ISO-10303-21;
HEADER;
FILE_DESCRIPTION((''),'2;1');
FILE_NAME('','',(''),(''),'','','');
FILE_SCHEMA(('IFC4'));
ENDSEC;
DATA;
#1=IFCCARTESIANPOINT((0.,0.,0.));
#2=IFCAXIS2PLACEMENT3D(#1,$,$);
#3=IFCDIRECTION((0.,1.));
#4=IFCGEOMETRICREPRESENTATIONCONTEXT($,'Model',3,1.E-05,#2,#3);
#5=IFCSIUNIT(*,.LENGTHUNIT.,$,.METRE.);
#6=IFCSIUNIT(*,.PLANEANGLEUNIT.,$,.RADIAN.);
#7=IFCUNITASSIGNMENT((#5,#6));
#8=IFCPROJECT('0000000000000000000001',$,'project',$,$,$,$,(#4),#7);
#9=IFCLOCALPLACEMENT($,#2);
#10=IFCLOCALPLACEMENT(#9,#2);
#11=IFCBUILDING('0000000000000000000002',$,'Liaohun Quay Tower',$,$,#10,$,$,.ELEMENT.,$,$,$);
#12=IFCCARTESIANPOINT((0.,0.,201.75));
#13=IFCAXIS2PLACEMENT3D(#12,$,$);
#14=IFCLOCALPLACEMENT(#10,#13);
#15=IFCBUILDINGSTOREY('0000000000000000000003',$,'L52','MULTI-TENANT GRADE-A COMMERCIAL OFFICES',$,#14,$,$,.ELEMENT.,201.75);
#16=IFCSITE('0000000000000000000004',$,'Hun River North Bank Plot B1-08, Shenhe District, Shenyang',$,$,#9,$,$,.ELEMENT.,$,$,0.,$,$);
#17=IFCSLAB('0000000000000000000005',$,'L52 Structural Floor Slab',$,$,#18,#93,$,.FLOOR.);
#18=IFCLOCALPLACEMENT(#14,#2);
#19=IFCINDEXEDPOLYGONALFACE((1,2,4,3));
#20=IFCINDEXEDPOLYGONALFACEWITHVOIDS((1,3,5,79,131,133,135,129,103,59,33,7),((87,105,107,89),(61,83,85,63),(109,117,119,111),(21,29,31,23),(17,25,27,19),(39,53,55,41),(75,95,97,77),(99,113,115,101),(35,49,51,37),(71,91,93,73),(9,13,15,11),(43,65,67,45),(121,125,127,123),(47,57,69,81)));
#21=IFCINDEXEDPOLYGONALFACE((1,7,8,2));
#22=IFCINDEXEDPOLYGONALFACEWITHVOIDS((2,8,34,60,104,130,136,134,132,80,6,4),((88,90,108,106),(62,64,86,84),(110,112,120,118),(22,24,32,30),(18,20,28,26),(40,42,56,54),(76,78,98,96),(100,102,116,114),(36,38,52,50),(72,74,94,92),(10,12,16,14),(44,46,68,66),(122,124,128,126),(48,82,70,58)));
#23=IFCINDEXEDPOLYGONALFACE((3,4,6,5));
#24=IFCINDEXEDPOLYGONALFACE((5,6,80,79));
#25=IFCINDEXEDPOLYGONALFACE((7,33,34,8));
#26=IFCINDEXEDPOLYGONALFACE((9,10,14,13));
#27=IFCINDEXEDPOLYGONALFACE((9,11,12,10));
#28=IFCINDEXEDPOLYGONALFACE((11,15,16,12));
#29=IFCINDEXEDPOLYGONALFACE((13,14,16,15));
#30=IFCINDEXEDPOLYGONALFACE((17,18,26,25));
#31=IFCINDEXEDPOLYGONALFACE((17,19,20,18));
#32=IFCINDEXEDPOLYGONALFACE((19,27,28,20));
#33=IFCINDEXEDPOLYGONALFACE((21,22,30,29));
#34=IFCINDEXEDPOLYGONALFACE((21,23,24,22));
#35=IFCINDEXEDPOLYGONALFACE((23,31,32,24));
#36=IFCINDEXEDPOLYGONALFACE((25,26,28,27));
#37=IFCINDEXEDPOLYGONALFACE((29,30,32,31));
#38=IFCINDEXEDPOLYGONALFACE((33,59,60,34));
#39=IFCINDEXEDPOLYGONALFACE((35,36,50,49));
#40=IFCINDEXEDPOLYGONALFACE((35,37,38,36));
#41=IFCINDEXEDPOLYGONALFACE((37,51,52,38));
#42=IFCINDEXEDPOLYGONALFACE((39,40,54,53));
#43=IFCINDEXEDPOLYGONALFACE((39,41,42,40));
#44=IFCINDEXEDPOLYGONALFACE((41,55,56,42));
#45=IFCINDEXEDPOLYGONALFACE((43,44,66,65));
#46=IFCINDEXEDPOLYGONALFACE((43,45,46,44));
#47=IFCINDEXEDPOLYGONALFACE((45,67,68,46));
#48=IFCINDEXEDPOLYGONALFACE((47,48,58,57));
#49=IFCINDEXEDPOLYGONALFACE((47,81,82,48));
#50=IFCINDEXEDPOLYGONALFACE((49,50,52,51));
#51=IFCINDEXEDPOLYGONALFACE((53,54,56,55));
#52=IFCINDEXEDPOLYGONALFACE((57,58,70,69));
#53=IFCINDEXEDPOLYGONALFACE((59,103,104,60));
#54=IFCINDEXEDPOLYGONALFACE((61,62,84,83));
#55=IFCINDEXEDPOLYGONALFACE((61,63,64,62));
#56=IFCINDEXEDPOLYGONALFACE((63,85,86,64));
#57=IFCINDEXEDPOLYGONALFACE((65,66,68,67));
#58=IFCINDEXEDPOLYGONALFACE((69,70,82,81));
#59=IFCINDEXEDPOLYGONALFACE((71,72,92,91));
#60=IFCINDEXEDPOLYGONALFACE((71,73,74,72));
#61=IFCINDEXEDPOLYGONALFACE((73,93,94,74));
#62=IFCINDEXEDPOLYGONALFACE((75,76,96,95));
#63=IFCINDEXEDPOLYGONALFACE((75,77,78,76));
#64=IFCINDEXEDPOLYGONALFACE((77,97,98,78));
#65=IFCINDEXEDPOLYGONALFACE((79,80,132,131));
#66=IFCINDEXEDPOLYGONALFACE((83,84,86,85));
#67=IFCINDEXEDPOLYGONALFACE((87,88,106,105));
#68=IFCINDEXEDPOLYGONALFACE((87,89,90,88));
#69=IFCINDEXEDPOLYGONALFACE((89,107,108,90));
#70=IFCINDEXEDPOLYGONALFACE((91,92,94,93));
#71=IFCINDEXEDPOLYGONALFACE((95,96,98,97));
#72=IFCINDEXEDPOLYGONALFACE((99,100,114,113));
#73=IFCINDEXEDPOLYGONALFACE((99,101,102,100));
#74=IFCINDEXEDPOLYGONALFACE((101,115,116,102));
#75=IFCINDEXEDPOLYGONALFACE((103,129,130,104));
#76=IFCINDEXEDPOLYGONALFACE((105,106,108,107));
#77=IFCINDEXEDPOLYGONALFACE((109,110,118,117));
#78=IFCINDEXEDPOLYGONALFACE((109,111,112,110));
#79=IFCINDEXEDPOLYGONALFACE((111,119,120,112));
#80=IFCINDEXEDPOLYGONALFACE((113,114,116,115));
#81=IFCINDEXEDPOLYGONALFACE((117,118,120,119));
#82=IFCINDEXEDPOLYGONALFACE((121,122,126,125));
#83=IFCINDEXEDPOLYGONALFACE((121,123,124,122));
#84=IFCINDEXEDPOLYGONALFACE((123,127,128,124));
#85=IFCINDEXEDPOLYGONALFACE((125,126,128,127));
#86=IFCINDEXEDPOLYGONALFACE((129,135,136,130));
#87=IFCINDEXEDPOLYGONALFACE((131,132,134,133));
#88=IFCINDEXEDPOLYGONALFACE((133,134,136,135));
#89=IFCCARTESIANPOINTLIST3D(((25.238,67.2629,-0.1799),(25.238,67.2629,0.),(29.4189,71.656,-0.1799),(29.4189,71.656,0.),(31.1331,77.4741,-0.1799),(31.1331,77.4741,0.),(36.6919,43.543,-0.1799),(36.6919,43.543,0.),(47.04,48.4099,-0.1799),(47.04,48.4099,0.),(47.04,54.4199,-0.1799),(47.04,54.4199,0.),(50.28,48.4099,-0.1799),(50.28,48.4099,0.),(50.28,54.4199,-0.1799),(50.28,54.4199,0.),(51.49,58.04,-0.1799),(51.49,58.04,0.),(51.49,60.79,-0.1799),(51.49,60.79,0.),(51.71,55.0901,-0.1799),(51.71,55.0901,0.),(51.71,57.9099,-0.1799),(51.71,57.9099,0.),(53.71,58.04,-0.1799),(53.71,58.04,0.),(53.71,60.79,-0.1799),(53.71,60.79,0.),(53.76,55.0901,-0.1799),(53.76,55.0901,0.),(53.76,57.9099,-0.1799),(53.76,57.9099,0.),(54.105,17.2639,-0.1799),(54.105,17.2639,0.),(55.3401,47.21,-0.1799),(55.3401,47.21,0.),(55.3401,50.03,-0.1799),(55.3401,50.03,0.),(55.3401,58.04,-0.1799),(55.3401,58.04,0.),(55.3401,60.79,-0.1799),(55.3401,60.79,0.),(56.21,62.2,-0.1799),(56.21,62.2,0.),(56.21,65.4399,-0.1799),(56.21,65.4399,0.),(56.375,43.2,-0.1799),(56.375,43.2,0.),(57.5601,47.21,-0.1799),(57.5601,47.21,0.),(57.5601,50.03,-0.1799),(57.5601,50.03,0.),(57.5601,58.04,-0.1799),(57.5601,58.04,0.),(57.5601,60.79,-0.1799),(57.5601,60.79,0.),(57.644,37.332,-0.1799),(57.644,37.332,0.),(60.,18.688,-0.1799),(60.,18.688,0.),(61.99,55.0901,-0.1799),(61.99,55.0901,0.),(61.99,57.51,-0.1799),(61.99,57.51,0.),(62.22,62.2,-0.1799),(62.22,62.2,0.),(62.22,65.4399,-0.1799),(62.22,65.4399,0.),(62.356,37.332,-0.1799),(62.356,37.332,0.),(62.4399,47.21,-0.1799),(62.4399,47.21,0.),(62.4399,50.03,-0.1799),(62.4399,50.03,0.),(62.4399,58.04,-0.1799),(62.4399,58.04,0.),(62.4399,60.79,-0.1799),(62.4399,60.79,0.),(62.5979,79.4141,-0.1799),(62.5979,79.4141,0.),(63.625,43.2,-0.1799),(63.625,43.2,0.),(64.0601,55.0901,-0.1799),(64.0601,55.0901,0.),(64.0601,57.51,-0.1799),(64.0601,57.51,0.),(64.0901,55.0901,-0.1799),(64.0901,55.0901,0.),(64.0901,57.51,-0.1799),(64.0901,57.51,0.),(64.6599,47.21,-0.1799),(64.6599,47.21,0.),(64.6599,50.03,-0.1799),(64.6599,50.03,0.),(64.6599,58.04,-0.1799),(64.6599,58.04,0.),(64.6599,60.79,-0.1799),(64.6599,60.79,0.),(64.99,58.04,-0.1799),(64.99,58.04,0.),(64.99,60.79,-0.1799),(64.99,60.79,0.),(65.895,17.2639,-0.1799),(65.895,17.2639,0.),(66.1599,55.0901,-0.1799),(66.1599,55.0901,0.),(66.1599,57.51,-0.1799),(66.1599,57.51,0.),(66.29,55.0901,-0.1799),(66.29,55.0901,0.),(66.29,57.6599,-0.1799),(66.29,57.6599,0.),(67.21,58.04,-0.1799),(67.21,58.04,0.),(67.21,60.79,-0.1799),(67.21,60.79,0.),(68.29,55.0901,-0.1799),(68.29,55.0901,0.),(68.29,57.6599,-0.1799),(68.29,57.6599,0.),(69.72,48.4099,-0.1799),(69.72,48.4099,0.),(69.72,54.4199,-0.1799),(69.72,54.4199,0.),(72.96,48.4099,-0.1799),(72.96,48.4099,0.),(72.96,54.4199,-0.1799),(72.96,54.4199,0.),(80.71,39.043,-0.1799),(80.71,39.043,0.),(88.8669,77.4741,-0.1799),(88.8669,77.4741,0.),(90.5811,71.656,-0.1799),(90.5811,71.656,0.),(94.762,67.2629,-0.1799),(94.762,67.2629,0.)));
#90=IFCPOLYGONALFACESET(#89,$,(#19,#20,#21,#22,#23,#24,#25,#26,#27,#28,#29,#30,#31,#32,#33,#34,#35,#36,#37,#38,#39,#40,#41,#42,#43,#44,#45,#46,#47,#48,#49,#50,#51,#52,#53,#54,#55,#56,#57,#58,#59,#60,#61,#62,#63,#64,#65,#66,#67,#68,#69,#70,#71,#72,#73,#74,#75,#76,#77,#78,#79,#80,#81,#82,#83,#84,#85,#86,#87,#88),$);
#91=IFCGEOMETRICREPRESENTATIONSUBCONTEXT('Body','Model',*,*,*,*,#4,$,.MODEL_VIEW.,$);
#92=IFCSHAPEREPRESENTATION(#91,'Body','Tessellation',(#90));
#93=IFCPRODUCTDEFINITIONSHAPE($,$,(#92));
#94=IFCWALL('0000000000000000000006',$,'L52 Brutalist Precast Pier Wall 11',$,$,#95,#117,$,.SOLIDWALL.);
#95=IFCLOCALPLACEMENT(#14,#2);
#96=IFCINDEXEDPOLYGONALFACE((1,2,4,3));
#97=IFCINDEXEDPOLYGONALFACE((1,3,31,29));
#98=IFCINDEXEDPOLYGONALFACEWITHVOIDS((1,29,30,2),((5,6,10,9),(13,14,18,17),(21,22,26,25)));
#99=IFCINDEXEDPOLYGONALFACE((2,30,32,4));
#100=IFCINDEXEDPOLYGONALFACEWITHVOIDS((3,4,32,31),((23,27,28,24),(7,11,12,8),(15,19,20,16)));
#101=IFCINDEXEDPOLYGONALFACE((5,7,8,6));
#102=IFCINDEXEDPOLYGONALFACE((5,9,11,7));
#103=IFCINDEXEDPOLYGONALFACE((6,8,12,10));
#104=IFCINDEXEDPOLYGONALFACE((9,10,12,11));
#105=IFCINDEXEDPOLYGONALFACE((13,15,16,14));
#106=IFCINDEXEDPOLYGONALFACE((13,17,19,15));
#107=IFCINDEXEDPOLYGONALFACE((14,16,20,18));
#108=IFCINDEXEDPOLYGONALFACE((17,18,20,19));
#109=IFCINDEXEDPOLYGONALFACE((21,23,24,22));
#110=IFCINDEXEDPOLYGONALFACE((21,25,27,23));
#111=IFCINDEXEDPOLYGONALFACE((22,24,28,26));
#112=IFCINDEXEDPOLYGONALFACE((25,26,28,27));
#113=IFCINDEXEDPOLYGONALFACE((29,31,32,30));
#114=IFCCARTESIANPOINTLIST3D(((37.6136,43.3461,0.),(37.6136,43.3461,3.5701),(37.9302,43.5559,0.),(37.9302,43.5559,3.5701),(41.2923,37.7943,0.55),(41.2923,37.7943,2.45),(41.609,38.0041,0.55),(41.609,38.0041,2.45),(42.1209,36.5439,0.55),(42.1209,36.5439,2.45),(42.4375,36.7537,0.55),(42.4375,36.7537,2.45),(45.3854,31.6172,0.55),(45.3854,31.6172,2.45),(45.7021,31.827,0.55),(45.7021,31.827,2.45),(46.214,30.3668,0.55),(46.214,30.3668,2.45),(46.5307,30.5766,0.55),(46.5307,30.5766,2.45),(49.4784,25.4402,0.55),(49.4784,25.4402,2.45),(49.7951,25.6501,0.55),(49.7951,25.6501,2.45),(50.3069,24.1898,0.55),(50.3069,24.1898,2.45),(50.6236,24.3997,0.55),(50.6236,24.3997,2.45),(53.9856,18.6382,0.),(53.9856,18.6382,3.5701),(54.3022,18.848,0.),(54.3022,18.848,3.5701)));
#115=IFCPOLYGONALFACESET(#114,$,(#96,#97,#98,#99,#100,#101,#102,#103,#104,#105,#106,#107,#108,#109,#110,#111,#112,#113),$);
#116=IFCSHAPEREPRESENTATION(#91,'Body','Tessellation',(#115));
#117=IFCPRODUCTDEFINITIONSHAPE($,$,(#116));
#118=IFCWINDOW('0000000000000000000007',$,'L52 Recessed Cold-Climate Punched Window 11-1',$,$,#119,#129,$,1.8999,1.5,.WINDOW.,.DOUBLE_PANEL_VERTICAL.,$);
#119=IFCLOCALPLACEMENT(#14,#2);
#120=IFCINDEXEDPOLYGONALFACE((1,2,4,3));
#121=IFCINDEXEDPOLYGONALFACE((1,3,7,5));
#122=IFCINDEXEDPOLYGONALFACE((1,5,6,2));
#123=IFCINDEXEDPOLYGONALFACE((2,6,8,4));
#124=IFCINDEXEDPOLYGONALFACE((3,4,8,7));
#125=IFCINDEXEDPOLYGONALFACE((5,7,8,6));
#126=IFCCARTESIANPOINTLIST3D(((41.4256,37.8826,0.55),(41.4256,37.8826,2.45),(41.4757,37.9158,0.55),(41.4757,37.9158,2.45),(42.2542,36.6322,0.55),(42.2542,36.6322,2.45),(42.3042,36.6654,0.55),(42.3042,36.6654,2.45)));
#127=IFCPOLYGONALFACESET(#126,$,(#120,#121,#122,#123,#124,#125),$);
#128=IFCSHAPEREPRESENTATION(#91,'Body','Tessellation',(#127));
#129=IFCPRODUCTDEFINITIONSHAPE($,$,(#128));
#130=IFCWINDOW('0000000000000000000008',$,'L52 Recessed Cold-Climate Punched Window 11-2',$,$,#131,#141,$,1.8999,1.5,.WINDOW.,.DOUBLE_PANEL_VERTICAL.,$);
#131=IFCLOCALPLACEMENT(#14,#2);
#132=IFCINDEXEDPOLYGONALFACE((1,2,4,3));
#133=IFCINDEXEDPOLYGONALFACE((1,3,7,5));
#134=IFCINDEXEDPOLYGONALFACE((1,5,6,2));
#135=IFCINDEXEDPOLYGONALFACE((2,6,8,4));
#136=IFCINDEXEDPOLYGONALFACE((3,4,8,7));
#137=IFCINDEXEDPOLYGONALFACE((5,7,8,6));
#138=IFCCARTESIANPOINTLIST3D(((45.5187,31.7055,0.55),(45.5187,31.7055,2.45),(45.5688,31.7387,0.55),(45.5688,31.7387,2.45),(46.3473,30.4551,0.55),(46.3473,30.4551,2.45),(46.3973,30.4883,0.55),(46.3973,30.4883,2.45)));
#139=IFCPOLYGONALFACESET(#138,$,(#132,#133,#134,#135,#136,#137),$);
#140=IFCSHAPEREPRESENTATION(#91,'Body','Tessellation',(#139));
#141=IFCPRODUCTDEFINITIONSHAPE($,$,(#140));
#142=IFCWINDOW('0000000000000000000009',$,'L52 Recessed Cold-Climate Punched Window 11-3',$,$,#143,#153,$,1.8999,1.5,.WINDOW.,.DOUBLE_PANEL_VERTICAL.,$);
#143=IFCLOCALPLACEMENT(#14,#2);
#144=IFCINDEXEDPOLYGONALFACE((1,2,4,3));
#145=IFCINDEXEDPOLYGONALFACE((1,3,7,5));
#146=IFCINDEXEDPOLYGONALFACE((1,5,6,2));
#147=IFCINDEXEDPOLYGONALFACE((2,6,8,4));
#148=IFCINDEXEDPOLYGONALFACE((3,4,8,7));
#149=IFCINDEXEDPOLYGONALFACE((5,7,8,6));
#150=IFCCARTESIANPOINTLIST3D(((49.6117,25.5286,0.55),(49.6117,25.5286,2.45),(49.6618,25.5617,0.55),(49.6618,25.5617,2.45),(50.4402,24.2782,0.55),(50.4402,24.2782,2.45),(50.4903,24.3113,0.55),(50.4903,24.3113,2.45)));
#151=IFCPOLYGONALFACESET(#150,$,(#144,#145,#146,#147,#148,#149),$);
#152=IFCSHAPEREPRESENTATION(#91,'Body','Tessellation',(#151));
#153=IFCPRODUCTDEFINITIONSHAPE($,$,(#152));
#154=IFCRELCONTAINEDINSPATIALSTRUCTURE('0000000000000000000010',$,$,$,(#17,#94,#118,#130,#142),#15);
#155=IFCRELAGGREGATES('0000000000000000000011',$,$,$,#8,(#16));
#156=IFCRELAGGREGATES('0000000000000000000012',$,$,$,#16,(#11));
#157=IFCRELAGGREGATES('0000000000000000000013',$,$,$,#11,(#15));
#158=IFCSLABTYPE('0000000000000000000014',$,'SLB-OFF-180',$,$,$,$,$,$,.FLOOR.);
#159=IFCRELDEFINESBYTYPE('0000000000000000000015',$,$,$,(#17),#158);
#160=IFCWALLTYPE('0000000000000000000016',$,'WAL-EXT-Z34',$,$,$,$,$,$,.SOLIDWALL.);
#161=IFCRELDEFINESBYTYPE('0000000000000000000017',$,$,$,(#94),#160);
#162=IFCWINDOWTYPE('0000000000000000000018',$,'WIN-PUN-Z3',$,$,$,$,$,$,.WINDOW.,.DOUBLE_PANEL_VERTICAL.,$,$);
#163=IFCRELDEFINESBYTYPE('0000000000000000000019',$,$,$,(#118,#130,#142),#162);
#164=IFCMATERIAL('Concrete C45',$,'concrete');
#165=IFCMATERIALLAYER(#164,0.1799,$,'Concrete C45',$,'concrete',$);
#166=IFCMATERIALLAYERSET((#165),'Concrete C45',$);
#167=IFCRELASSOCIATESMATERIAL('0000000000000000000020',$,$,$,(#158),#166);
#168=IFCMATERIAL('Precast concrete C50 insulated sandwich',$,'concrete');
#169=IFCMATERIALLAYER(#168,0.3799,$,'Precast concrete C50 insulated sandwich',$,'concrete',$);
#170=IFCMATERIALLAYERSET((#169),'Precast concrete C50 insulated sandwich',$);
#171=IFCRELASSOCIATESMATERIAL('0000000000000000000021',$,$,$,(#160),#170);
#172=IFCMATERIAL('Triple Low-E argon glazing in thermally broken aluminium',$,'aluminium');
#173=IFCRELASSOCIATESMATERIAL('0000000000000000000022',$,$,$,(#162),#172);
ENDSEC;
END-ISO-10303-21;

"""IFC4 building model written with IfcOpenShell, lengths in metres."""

from ifc_helpers import new_model, si_unit, direction, frame, frame_2d, origin, place, context, subcontext, project, spatial, polyline, rectangle, outline, extrude, source, transform, mapped, material, layer, layer_set, type_object, element, fill, save


model = new_model("IFC4")

# Units and contexts
model_context = context("Model", 3, precision=1e-05, world=origin(), true_north=direction((0.0, 1.0)))
body_context = subcontext(model_context, "Body", "Model", "MODEL_VIEW")
ifc_project = project(units=[si_unit("LENGTHUNIT", "METRE"), si_unit("PLANEANGLEUNIT", "RADIAN")], contexts=[model_context])

# Site, building, storey
site_placement = place(None, origin())
site = spatial("IfcSite", under=ifc_project, at=site_placement, Name="Hun River North Bank Plot B1-08, Shenhe District, Shenyang", CompositionType="ELEMENT", RefElevation=0.0)
building_placement = place(site_placement, origin())
building = spatial("IfcBuilding", under=site, at=building_placement, Name="Liaohun Quay Tower", CompositionType="ELEMENT")
storey_placement = place(building_placement, frame((0.0, 0.0, 201.75)))
storey = spatial("IfcBuildingStorey", under=building, at=storey_placement, Name="L52", Description="MULTI-TENANT GRADE-A COMMERCIAL OFFICES", CompositionType="ELEMENT", Elevation=201.75)

# Shared definitions
ifc_material_1 = material(Name="Concrete C45", Category="concrete")

# Slab
ifc_layer_1 = layer(ifc_material_1, 0.1799, Name="Concrete C45", Category="concrete")
ifc_layer_set_1 = layer_set([ifc_layer_1], Name="Concrete C45")
slab_type_1 = type_object("IfcSlabType", Name="SLB-OFF-180", PredefinedType="FLOOR", material=ifc_layer_set_1)
slab_1_placement = place(storey_placement, frame((0.0, 0.0, -0.1799)))
element("IfcSlab", 1, at=slab_1_placement, inside=storey, type_object=slab_type_1, Name="L52 Structural Floor Slab", PredefinedType="FLOOR", context=body_context, shape_type="SweptSolid", body=[
    extrude(outline(polyline([(54.105, 17.2639), (60.0, 18.688), (65.895, 17.2639), (80.71, 39.043), (94.762, 67.2629), (90.5811, 71.656), (88.8669, 77.4741), (62.5979, 79.4141), (31.1331, 77.4741), (29.4189, 71.656), (25.238, 67.2629), (36.6919, 43.543), (54.105, 17.2639)]), holes=[polyline([(63.625, 43.2), (56.375, 43.2), (57.644, 37.332), (62.356, 37.332), (63.625, 43.2)]), polyline([(57.5601, 47.21), (57.5601, 50.03), (55.3401, 50.03), (55.3401, 47.21), (57.5601, 47.21)]), polyline([(50.28, 54.4199), (47.04, 54.4199), (47.04, 48.4099), (50.28, 48.4099), (50.28, 54.4199)]), polyline([(53.76, 55.0901), (53.76, 57.9099), (51.71, 57.9099), (51.71, 55.0901), (53.76, 55.0901)]), polyline([(53.71, 58.04), (53.71, 60.79), (51.49, 60.79), (51.49, 58.04), (53.71, 58.04)]), polyline([(57.5601, 58.04), (57.5601, 60.79), (55.3401, 60.79), (55.3401, 58.04), (57.5601, 58.04)]), polyline([(62.22, 62.2), (62.22, 65.4399), (56.21, 65.4399), (56.21, 62.2), (62.22, 62.2)]), polyline([(64.6599, 50.03), (62.4399, 50.03), (62.4399, 47.21), (64.6599, 47.21), (64.6599, 50.03)]), polyline([(72.96, 54.4199), (69.72, 54.4199), (69.72, 48.4099), (72.96, 48.4099), (72.96, 54.4199)]), polyline([(64.0601, 55.0901), (64.0601, 57.51), (61.99, 57.51), (61.99, 55.0901), (64.0601, 55.0901)]), polyline([(66.1599, 55.0901), (66.1599, 57.51), (64.0901, 57.51), (64.0901, 55.0901), (66.1599, 55.0901)]), polyline([(68.29, 55.0901), (68.29, 57.6599), (66.29, 57.6599), (66.29, 55.0901), (68.29, 55.0901)]), polyline([(64.6599, 58.04), (64.6599, 60.79), (62.4399, 60.79), (62.4399, 58.04), (64.6599, 58.04)]), polyline([(67.21, 58.04), (67.21, 60.79), (64.99, 60.79), (64.99, 58.04), (67.21, 58.04)])]), origin(), (0.0, 0.0, 1.0), 0.1799),
])

# Wall, openings, windows
ifc_material_2 = material(Name="Precast concrete C50 insulated sandwich", Category="concrete")
ifc_layer_2 = layer(ifc_material_2, 0.3799, Name="Precast concrete C50 insulated sandwich", Category="concrete")
ifc_layer_set_2 = layer_set([ifc_layer_2], Name="Precast concrete C50 insulated sandwich")
wall_type_1 = type_object("IfcWallType", Name="WAL-EXT-Z34", PredefinedType="SOLIDWALL", material=ifc_layer_set_2)
wall_1_placement = place(storey_placement, frame((37.772, 43.4509, 0.0), z_axis=(0.0, 0.0, 1.0), x_axis=(0.552364, -0.833603, 0.0)))
wall_1 = element("IfcWall", 2, at=wall_1_placement, inside=storey, type_object=wall_type_1, Name="L52 Brutalist Precast Pier Wall 11", PredefinedType="SOLIDWALL", context=body_context, shape_type="SweptSolid", body=[
    extrude(rectangle(XDim=29.6399, YDim=0.3799, at=frame_2d((14.8198, 0.0))), origin(), (0.0, 0.0, 1.0), 3.5701),
])
shared_shape_1 = source(origin(), body_context, "Body", "SweptSolid", [
    extrude(rectangle(XDim=1.5, YDim=1.8999, at=frame_2d((0.75, 0.95))), frame((0.0, 0.2, 0.0), z_axis=(0.0, -1.0, 0.0), x_axis=(1.0, 0.0, 0.0)), (0.0, 0.0, 1.0), 0.3999),
])
opening_1_placement = place(wall_1_placement, frame((6.6599, 0.0, 0.55)))
opening_1 = element("IfcOpeningElement", 3, at=opening_1_placement, cuts=wall_1, PredefinedType="OPENING", context=body_context, shape_type="MappedRepresentation", body=[
    mapped(shared_shape_1, transform((0.0, 0.0, 0.0), x_axis=(1.0, 0.0, 0.0), y_axis=(0.0, 1.0, 0.0), z_axis=(0.0, 0.0, 1.0), scale=1.0)),
])
opening_2_placement = place(wall_1_placement, frame((14.0701, 0.0, 0.55)))
opening_2 = element("IfcOpeningElement", 4, at=opening_2_placement, cuts=wall_1, PredefinedType="OPENING", context=body_context, shape_type="MappedRepresentation", body=[
    mapped(shared_shape_1, transform((0.0, 0.0, 0.0), x_axis=(1.0, 0.0, 0.0), y_axis=(0.0, 1.0, 0.0), z_axis=(0.0, 0.0, 1.0), scale=1.0)),
])
opening_3_placement = place(wall_1_placement, frame((21.48, 0.0, 0.55)))
opening_3 = element("IfcOpeningElement", 5, at=opening_3_placement, cuts=wall_1, PredefinedType="OPENING", context=body_context, shape_type="MappedRepresentation", body=[
    mapped(shared_shape_1, transform((0.0, 0.0, 0.0), x_axis=(1.0, 0.0, 0.0), y_axis=(0.0, 1.0, 0.0), z_axis=(0.0, 0.0, 1.0), scale=1.0)),
])
ifc_material_3 = material(Name="Triple Low-E argon glazing in thermally broken aluminium", Category="aluminium")
window_type = type_object("IfcWindowType", Name="WIN-PUN-Z3", PartitioningType="DOUBLE_PANEL_VERTICAL", PredefinedType="WINDOW", material=ifc_material_3)
shared_shape_2 = source(origin(), body_context, "Body", "SweptSolid", [
    extrude(rectangle(XDim=1.5, YDim=1.8999, at=frame_2d((0.75, 0.95))), frame((0.0, 0.03, 0.0), z_axis=(0.0, -1.0, 0.0), x_axis=(1.0, 0.0, 0.0)), (0.0, 0.0, 1.0), 0.0601),
])
window_1_placement = place(opening_1_placement, origin())
window_1 = element("IfcWindow", 6, at=window_1_placement, inside=storey, type_object=window_type, Name="L52 Recessed Cold-Climate Punched Window 11-1", OverallHeight=1.8999, OverallWidth=1.5, PartitioningType="DOUBLE_PANEL_VERTICAL", PredefinedType="WINDOW", context=body_context, shape_type="MappedRepresentation", body=[
    mapped(shared_shape_2, transform((0.0, 0.0, 0.0), x_axis=(1.0, 0.0, 0.0), y_axis=(0.0, 1.0, 0.0), z_axis=(0.0, 0.0, 1.0), scale=1.0)),
])
fill(opening_1, window_1)
window_2_placement = place(opening_2_placement, origin())
window_2 = element("IfcWindow", 7, at=window_2_placement, inside=storey, type_object=window_type, Name="L52 Recessed Cold-Climate Punched Window 11-2", OverallHeight=1.8999, OverallWidth=1.5, PartitioningType="DOUBLE_PANEL_VERTICAL", PredefinedType="WINDOW", context=body_context, shape_type="MappedRepresentation", body=[
    mapped(shared_shape_2, transform((0.0, 0.0, 0.0), x_axis=(1.0, 0.0, 0.0), y_axis=(0.0, 1.0, 0.0), z_axis=(0.0, 0.0, 1.0), scale=1.0)),
])
fill(opening_2, window_2)
window_3_placement = place(opening_3_placement, origin())
window_3 = element("IfcWindow", 8, at=window_3_placement, inside=storey, type_object=window_type, Name="L52 Recessed Cold-Climate Punched Window 11-3", OverallHeight=1.8999, OverallWidth=1.5, PartitioningType="DOUBLE_PANEL_VERTICAL", PredefinedType="WINDOW", context=body_context, shape_type="MappedRepresentation", body=[
    mapped(shared_shape_2, transform((0.0, 0.0, 0.0), x_axis=(1.0, 0.0, 0.0), y_axis=(0.0, 1.0, 0.0), z_axis=(0.0, 0.0, 1.0), scale=1.0)),
])
fill(opening_3, window_3)

save(model, "model.ifc")
